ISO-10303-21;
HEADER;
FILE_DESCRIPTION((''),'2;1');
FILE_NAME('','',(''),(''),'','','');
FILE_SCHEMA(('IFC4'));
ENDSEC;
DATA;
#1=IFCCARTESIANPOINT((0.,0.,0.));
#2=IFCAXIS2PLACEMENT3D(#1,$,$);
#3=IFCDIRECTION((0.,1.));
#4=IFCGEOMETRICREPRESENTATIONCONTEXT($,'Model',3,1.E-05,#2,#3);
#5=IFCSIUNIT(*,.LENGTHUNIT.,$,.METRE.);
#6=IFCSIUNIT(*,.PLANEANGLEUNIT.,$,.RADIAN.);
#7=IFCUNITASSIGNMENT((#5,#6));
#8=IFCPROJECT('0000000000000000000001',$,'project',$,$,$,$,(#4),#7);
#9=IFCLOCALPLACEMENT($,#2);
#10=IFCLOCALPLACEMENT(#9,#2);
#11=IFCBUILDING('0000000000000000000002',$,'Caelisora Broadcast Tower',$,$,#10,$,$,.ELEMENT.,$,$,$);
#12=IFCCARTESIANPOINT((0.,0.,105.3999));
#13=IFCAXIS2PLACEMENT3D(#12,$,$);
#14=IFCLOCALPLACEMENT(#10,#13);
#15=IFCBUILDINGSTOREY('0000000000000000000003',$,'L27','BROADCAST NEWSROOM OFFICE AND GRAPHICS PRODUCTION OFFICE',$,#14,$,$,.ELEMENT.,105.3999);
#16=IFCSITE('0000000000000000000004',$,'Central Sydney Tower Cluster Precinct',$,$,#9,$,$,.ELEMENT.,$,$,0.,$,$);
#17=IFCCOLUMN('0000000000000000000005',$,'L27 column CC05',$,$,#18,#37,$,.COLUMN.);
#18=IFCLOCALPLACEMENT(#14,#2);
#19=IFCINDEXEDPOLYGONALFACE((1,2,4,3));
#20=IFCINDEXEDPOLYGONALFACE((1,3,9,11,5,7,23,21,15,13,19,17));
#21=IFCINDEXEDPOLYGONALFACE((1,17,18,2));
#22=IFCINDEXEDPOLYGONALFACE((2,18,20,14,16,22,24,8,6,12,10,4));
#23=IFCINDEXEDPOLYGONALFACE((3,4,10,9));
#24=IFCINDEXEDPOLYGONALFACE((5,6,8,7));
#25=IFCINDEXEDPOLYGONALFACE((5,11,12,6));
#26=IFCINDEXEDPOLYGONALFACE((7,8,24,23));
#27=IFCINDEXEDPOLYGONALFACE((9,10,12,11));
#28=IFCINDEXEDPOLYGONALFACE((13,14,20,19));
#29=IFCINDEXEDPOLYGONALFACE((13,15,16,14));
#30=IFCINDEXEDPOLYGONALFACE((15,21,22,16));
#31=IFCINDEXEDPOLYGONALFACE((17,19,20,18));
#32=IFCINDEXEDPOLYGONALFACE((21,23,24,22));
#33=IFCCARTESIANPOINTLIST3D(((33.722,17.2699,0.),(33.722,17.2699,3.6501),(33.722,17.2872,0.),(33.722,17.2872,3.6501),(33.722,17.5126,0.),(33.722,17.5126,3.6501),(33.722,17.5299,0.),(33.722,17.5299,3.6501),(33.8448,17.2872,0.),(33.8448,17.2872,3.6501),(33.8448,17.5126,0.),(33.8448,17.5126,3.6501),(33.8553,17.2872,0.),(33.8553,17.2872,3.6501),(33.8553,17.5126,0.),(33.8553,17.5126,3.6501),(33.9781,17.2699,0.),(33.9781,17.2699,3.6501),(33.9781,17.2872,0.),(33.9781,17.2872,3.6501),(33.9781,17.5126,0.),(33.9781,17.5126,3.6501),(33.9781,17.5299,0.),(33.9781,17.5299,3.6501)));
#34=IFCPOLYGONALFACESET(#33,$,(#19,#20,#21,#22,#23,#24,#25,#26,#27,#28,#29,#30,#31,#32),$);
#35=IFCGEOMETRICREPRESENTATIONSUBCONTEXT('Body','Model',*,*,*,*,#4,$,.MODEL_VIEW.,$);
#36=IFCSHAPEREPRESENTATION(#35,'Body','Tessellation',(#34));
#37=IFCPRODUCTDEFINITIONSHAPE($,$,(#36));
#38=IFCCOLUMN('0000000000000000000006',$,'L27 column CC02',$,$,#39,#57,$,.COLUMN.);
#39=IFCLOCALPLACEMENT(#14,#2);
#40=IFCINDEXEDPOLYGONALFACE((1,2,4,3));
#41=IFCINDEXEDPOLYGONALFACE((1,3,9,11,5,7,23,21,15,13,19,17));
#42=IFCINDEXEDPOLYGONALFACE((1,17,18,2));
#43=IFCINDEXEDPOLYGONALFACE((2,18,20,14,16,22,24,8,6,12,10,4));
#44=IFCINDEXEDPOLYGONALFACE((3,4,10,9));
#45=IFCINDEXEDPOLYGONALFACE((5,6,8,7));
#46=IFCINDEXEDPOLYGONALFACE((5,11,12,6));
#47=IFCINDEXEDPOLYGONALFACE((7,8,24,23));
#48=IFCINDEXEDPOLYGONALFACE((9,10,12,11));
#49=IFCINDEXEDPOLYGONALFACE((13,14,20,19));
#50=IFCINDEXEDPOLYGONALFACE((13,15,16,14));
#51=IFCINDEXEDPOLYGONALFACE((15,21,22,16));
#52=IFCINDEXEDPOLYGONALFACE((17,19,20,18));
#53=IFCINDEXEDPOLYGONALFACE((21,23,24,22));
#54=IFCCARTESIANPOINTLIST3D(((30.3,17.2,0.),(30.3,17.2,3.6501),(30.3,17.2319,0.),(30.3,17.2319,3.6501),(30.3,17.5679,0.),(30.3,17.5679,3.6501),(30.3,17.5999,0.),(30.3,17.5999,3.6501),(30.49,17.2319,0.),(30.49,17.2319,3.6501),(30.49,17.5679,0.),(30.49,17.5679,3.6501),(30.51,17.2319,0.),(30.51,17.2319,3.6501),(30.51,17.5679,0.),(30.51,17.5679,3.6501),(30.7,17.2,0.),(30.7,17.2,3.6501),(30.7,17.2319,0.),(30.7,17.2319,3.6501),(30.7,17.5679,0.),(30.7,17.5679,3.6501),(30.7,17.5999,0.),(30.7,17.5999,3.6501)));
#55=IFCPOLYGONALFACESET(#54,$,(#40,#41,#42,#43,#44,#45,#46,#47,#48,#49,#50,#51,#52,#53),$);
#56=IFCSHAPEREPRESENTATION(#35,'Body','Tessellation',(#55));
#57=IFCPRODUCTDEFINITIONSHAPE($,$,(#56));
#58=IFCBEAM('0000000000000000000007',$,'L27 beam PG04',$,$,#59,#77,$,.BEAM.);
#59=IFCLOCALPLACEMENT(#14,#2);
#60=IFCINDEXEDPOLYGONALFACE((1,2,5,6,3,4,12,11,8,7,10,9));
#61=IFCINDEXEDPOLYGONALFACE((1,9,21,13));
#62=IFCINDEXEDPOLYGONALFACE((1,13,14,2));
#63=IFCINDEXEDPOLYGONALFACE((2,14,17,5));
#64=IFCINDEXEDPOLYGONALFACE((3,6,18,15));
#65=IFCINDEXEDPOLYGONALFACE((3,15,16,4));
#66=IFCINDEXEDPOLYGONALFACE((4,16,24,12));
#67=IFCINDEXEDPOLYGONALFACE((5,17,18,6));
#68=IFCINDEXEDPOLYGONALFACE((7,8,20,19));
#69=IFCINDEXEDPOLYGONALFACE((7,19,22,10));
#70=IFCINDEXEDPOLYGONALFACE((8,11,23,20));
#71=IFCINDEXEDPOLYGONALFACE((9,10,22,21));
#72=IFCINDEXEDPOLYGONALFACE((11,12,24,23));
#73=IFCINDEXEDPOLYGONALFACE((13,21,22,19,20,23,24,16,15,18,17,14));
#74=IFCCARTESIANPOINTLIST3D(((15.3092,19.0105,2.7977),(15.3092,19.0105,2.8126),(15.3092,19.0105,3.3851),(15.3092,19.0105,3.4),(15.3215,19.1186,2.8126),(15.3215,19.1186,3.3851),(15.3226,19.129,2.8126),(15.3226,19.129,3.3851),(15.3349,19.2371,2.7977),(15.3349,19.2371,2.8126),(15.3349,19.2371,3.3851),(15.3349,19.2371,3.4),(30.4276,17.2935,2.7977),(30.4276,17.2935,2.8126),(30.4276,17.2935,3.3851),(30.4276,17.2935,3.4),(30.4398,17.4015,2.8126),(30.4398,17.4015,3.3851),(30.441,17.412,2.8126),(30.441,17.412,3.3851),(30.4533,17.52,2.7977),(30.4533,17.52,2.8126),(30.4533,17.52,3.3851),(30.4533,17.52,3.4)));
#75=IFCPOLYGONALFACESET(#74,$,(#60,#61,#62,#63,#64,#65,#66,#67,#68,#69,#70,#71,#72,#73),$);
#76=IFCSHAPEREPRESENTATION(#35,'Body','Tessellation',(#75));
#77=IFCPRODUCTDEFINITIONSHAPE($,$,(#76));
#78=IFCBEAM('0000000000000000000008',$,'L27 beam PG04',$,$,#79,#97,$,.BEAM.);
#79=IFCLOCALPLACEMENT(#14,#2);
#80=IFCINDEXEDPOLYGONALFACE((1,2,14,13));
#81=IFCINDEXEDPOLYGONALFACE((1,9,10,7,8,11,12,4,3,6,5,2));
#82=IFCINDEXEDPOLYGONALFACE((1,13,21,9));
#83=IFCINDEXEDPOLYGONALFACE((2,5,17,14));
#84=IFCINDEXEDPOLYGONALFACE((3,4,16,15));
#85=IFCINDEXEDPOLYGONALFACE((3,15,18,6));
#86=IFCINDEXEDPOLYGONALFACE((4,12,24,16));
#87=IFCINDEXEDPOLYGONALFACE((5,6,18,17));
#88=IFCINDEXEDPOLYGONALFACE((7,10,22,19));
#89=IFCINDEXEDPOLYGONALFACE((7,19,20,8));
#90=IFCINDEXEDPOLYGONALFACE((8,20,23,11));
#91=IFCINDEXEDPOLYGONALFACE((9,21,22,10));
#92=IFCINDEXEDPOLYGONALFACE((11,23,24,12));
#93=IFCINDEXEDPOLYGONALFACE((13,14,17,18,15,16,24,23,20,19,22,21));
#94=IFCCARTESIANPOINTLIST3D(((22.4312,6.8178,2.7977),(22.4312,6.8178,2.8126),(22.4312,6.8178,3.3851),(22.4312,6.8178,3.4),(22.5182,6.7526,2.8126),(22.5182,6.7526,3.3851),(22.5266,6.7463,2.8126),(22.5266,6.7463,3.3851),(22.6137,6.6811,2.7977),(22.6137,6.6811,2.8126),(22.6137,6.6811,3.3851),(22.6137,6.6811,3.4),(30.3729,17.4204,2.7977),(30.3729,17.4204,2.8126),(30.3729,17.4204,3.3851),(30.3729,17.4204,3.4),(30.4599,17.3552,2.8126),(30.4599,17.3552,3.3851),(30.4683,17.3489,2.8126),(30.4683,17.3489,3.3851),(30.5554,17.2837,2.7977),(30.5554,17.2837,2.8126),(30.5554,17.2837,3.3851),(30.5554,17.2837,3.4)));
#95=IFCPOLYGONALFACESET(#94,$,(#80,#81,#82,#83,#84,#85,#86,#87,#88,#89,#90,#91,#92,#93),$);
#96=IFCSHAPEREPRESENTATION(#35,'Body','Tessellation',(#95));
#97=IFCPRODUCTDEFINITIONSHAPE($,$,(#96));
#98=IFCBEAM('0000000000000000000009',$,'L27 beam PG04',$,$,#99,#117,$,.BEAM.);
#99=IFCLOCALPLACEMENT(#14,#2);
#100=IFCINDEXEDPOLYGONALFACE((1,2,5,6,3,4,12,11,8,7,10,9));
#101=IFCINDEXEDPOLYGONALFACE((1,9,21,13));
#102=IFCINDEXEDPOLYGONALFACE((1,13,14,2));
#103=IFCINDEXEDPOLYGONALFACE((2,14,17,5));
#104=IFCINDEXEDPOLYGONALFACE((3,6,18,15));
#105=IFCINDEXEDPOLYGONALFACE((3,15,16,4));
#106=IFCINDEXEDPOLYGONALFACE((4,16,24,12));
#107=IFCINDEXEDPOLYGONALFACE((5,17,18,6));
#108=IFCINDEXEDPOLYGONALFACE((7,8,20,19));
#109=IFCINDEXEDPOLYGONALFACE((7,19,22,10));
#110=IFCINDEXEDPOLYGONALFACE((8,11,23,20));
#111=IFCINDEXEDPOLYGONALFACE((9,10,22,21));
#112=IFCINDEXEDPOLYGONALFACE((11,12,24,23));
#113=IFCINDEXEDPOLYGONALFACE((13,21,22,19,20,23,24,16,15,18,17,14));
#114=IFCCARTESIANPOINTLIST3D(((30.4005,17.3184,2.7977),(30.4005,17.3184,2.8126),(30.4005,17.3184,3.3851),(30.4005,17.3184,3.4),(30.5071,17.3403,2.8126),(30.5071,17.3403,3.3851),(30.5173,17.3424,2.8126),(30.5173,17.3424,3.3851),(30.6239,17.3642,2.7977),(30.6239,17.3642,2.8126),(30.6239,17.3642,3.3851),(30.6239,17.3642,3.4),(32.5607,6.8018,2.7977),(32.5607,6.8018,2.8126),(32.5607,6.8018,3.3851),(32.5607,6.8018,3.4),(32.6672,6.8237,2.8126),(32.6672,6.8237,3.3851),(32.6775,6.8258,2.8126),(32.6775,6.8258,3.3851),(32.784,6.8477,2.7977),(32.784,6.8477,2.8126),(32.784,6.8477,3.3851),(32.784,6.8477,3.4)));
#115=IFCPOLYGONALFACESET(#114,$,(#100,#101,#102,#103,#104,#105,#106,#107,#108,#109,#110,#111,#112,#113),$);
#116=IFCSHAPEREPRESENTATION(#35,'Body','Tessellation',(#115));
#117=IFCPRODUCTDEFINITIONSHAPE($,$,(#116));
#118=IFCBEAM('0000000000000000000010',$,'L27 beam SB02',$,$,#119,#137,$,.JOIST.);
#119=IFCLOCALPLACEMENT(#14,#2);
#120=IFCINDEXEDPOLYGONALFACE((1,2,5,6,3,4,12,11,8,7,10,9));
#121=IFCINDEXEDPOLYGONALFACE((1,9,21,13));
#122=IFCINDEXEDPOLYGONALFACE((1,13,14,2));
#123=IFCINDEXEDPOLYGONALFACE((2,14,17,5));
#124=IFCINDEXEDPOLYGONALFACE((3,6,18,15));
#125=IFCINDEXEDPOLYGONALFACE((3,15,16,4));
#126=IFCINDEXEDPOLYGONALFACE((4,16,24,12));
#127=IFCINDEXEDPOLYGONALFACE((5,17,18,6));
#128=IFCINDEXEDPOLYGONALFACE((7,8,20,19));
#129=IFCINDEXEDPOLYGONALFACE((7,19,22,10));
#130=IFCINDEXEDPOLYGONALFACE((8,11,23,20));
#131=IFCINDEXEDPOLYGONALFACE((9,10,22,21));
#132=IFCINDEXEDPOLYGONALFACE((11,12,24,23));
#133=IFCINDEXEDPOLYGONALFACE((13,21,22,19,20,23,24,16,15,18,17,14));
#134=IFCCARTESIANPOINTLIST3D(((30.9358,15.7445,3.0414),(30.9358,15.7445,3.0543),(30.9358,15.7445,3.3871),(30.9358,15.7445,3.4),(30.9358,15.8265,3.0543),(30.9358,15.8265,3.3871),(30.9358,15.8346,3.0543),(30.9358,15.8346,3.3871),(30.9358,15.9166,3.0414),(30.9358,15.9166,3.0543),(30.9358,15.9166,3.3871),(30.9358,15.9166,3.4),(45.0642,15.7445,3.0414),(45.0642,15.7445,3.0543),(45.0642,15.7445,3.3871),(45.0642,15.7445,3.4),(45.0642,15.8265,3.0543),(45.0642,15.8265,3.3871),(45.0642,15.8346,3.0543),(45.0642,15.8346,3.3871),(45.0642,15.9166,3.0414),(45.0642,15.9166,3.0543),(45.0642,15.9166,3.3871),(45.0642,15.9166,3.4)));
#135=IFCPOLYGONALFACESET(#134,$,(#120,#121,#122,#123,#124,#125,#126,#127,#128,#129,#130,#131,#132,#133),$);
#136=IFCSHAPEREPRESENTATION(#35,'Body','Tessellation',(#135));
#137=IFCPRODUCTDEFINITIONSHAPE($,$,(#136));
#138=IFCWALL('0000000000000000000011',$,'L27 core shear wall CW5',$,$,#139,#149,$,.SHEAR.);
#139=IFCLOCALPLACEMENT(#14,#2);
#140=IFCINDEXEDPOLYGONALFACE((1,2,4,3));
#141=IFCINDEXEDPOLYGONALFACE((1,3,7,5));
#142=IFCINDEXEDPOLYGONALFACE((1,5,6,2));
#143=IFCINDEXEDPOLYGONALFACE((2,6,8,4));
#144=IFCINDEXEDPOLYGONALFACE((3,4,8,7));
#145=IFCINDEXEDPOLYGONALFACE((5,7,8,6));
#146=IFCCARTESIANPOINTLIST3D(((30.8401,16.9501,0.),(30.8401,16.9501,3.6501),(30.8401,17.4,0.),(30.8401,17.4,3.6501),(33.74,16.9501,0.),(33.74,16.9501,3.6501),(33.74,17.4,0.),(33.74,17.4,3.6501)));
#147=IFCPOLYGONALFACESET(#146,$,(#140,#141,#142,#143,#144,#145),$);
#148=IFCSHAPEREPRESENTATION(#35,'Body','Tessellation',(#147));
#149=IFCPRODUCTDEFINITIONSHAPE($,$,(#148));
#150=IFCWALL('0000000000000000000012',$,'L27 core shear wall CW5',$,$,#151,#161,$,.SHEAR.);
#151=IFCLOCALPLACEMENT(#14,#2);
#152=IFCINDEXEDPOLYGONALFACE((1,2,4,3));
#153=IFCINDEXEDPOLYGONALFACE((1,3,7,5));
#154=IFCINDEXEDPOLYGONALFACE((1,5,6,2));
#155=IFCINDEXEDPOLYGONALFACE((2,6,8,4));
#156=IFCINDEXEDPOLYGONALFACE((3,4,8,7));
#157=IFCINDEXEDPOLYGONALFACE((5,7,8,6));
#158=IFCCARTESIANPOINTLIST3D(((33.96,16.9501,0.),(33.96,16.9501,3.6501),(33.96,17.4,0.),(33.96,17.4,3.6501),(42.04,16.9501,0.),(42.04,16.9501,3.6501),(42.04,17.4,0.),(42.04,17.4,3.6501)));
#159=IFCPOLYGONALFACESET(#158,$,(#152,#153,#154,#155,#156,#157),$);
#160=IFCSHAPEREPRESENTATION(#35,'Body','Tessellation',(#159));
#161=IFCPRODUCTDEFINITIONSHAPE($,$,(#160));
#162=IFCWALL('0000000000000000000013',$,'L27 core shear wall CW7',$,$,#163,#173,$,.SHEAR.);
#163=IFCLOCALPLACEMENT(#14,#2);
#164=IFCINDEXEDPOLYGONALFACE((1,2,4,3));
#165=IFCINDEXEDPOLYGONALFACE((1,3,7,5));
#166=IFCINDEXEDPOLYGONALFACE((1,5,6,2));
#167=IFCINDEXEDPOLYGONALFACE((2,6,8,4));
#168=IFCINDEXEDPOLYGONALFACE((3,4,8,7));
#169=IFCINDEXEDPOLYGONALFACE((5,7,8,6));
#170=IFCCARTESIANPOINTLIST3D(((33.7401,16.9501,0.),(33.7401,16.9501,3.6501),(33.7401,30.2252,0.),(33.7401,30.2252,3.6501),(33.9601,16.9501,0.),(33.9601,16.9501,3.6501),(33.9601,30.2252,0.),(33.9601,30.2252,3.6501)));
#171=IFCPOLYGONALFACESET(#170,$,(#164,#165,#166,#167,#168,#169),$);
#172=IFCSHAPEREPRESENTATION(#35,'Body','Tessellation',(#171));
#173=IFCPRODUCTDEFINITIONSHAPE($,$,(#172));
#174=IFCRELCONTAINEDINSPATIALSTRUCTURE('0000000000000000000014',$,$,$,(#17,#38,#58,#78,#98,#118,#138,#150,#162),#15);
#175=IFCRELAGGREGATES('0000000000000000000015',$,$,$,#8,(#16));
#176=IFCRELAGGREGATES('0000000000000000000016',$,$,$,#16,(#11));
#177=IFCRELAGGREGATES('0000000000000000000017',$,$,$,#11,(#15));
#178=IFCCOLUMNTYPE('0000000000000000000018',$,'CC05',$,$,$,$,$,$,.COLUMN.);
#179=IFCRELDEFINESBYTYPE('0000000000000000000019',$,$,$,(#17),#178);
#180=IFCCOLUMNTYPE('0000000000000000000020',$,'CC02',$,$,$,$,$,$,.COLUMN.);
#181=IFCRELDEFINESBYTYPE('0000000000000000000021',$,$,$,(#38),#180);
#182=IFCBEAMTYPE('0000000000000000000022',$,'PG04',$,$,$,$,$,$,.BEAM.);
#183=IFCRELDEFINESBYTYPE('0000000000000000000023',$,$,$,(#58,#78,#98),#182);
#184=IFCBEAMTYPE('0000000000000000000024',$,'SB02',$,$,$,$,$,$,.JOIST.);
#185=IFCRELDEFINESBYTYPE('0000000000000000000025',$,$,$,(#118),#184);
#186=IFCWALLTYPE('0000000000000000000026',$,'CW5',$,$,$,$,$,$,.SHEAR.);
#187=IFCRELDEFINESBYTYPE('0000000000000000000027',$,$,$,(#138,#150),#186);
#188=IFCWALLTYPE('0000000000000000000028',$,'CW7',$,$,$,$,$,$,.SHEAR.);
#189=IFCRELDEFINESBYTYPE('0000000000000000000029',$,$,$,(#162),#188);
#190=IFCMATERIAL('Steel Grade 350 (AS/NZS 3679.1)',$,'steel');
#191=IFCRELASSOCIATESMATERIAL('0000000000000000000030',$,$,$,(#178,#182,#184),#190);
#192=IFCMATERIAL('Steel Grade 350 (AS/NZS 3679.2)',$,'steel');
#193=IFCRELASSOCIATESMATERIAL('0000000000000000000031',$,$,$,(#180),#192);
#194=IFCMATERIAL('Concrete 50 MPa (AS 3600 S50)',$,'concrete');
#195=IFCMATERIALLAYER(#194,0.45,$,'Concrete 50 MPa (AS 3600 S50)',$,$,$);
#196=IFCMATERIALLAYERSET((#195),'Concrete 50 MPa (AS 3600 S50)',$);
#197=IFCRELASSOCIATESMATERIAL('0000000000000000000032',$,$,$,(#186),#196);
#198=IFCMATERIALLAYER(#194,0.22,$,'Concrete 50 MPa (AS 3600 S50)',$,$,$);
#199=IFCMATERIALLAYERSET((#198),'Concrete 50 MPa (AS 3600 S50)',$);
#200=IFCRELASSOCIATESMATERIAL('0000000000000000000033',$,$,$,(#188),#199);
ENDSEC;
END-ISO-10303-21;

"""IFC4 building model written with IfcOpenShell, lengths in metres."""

from ifc_helpers import new_model, si_unit, direction, frame, frame_2d, origin, origin_2d, place, context, subcontext, project, spatial, rectangle, i_section, extrude, source, transform, mapped, material, layer, layer_set, material_profile, profile_set, type_object, type_shapes, element, save


model = new_model("IFC4")

# Units and contexts
model_context = context("Model", 3, precision=1e-05, world=origin(), true_north=direction((0.0, 1.0)))
body_context = subcontext(model_context, "Body", "Model", "MODEL_VIEW")
ifc_project = project(units=[si_unit("LENGTHUNIT", "METRE"), si_unit("PLANEANGLEUNIT", "RADIAN")], contexts=[model_context])

# Site, building, storey
site_placement = place(None, origin())
site = spatial("IfcSite", under=ifc_project, at=site_placement, Name="Central Sydney Tower Cluster Precinct", CompositionType="ELEMENT", RefElevation=0.0)
building_placement = place(site_placement, origin())
building = spatial("IfcBuilding", under=site, at=building_placement, Name="Caelisora Broadcast Tower", CompositionType="ELEMENT")
storey_placement = place(building_placement, frame((0.0, 0.0, 105.3999)))
storey = spatial("IfcBuildingStorey", under=building, at=storey_placement, Name="L27", Description="BROADCAST NEWSROOM OFFICE AND GRAPHICS PRODUCTION OFFICE", CompositionType="ELEMENT", Elevation=105.3999)

# Columns
ifc_material_1 = material(Name="Steel Grade 350 (AS/NZS 3679.1)", Category="steel")
ifc_material_profile_1 = material_profile(ifc_material_1, i_section(OverallWidth=0.2561, OverallDepth=0.26, WebThickness=0.0105, FlangeThickness=0.0173, at=origin_2d()), Name="Steel Grade 350 (AS/NZS 3679.1)")
ifc_profile_set_1 = profile_set([ifc_material_profile_1], Name="Steel Grade 350 (AS/NZS 3679.1)")
column_type_1 = type_object("IfcColumnType", Name="CC05", PredefinedType="COLUMN", material=ifc_profile_set_1)
shared_shape_1 = source(origin(), body_context, "Body", "SweptSolid", [
    extrude(i_section(OverallWidth=0.2561, OverallDepth=0.26, WebThickness=0.0105, FlangeThickness=0.0173, at=origin_2d()), origin(), (0.0, 0.0, 1.0), 3.6501),
])
type_shapes(column_type_1, [shared_shape_1])
column_1_placement = place(storey_placement, frame((33.8501, 17.3999, 0.0), z_axis=(0.0, 0.0, 1.0), x_axis=(1.0, 0.0, 0.0)))
element("IfcColumn", 1, at=column_1_placement, inside=storey, type_object=column_type_1, Name="L27 column CC05", PredefinedType="COLUMN", context=body_context, shape_type="MappedRepresentation", body=[
    mapped(shared_shape_1, transform((0.0, 0.0, 0.0), scale=1.0)),
])
ifc_material_2 = material(Name="Steel Grade 350 (AS/NZS 3679.2)", Category="steel")
ifc_material_profile_2 = material_profile(ifc_material_2, i_section(OverallWidth=0.3999, OverallDepth=0.3999, WebThickness=0.02, FlangeThickness=0.032, at=origin_2d()), Name="Steel Grade 350 (AS/NZS 3679.2)")
ifc_profile_set_2 = profile_set([ifc_material_profile_2], Name="Steel Grade 350 (AS/NZS 3679.2)")
column_type_2 = type_object("IfcColumnType", Name="CC02", PredefinedType="COLUMN", material=ifc_profile_set_2)
shared_shape_2 = source(origin(), body_context, "Body", "SweptSolid", [
    extrude(i_section(OverallWidth=0.3999, OverallDepth=0.3999, WebThickness=0.02, FlangeThickness=0.032, at=origin_2d()), origin(), (0.0, 0.0, 1.0), 3.6501),
])
type_shapes(column_type_2, [shared_shape_2])
column_2_placement = place(storey_placement, frame((30.5, 17.3999, 0.0), z_axis=(0.0, 0.0, 1.0), x_axis=(1.0, 0.0, 0.0)))
element("IfcColumn", 2, at=column_2_placement, inside=storey, type_object=column_type_2, Name="L27 column CC02", PredefinedType="COLUMN", context=body_context, shape_type="MappedRepresentation", body=[
    mapped(shared_shape_2, transform((0.0, 0.0, 0.0), scale=1.0)),
])

# Beams
ifc_material_profile_3 = material_profile(ifc_material_1, i_section(OverallWidth=0.228, OverallDepth=0.6023, WebThickness=0.0105, FlangeThickness=0.0149, at=origin_2d()), Name="Steel Grade 350 (AS/NZS 3679.1)")
ifc_profile_set_3 = profile_set([ifc_material_profile_3], Name="Steel Grade 350 (AS/NZS 3679.1)")
beam_type_1 = type_object("IfcBeamType", Name="PG04", PredefinedType="BEAM", material=ifc_profile_set_3)
shared_shape_3 = source(origin(), body_context, "Body", "SweptSolid", [
    extrude(i_section(OverallWidth=0.228, OverallDepth=0.6023, WebThickness=0.0105, FlangeThickness=0.0149, at=origin_2d()), origin(), (0.0, 0.0, 1.0), 15.2156),
])
beam_1_placement = place(storey_placement, frame((30.4404, 17.4067, 3.0989), z_axis=(-0.993612, 0.112847, 0.0), x_axis=(-0.112847, -0.993612, 0.0)))
element("IfcBeam", 3, at=beam_1_placement, inside=storey, type_object=beam_type_1, Name="L27 beam PG04", PredefinedType="BEAM", context=body_context, shape_type="MappedRepresentation", body=[
    mapped(shared_shape_3, transform((0.0, 0.0, 0.0), scale=1.0)),
])
shared_shape_4 = source(origin(), body_context, "Body", "SweptSolid", [
    extrude(i_section(OverallWidth=0.228, OverallDepth=0.6023, WebThickness=0.0105, FlangeThickness=0.0149, at=origin_2d()), origin(), (0.0, 0.0, 1.0), 13.2471),
])
beam_2_placement = place(storey_placement, frame((30.4641, 17.3521, 3.0989), z_axis=(-0.599504, -0.800371, 0.0), x_axis=(0.800371, -0.599504, 0.0)))
element("IfcBeam", 4, at=beam_2_placement, inside=storey, type_object=beam_type_1, Name="L27 beam PG04", PredefinedType="BEAM", context=body_context, shape_type="MappedRepresentation", body=[
    mapped(shared_shape_4, transform((0.0, 0.0, 0.0), scale=1.0)),
])
shared_shape_5 = source(origin(), body_context, "Body", "SweptSolid", [
    extrude(i_section(OverallWidth=0.228, OverallDepth=0.6023, WebThickness=0.0105, FlangeThickness=0.0149, at=origin_2d()), origin(), (0.0, 0.0, 1.0), 10.7361),
])
type_shapes(beam_type_1, [shared_shape_3, shared_shape_4, shared_shape_5])
beam_3_placement = place(storey_placement, frame((30.5122, 17.3413, 3.0989), z_axis=(0.201204, -0.979549, 0.0), x_axis=(0.979549, 0.201204, 0.0)))
element("IfcBeam", 5, at=beam_3_placement, inside=storey, type_object=beam_type_1, Name="L27 beam PG04", PredefinedType="BEAM", context=body_context, shape_type="MappedRepresentation", body=[
    mapped(shared_shape_5, transform((0.0, 0.0, 0.0), scale=1.0)),
])
ifc_material_profile_4 = material_profile(ifc_material_1, i_section(OverallWidth=0.1721, OverallDepth=0.3586, WebThickness=0.0081, FlangeThickness=0.0129, at=origin_2d()), Name="Steel Grade 350 (AS/NZS 3679.1)")
ifc_profile_set_4 = profile_set([ifc_material_profile_4], Name="Steel Grade 350 (AS/NZS 3679.1)")
beam_type_2 = type_object("IfcBeamType", Name="SB02", PredefinedType="JOIST", material=ifc_profile_set_4)
shared_shape_6 = source(origin(), body_context, "Body", "SweptSolid", [
    extrude(i_section(OverallWidth=0.1721, OverallDepth=0.3586, WebThickness=0.0081, FlangeThickness=0.0129, at=origin_2d()), origin(), (0.0, 0.0, 1.0), 14.1284),
])
type_shapes(beam_type_2, [shared_shape_6])
beam_4_placement = place(storey_placement, frame((30.9358, 15.8306, 3.2207), z_axis=(1.0, 0.0, 0.0), x_axis=(0.0, 1.0, 0.0)))
element("IfcBeam", 6, at=beam_4_placement, inside=storey, type_object=beam_type_2, Name="L27 beam SB02", PredefinedType="JOIST", context=body_context, shape_type="MappedRepresentation", body=[
    mapped(shared_shape_6, transform((0.0, 0.0, 0.0), scale=1.0)),
])

# Shared definitions
ifc_material_3 = material(Name="Concrete 50 MPa (AS 3600 S50)", Category="concrete")

# Walls
ifc_layer_1 = layer(ifc_material_3, 0.45, Name="Concrete 50 MPa (AS 3600 S50)")
ifc_layer_set_1 = layer_set([ifc_layer_1], Name="Concrete 50 MPa (AS 3600 S50)")
wall_type_1 = type_object("IfcWallType", Name="CW5", PredefinedType="SHEAR", material=ifc_layer_set_1)
wall_1_placement = place(storey_placement, frame((30.8401, 17.175, 0.0), z_axis=(0.0, 0.0, 1.0), x_axis=(1.0, 0.0, 0.0)))
element("IfcWall", 7, at=wall_1_placement, inside=storey, type_object=wall_type_1, Name="L27 core shear wall CW5", PredefinedType="SHEAR", context=body_context, shape_type="SweptSolid", body=[
    extrude(rectangle(XDim=2.8999, YDim=0.45, at=frame_2d((1.45, 0.0))), origin(), (0.0, 0.0, 1.0), 3.6501),
])
wall_2_placement = place(storey_placement, frame((33.96, 17.175, 0.0), z_axis=(0.0, 0.0, 1.0), x_axis=(1.0, 0.0, 0.0)))
element("IfcWall", 8, at=wall_2_placement, inside=storey, type_object=wall_type_1, Name="L27 core shear wall CW5", PredefinedType="SHEAR", context=body_context, shape_type="SweptSolid", body=[
    extrude(rectangle(XDim=8.0801, YDim=0.45, at=frame_2d((4.04, 0.0))), origin(), (0.0, 0.0, 1.0), 3.6501),
])
ifc_layer_2 = layer(ifc_material_3, 0.22, Name="Concrete 50 MPa (AS 3600 S50)")
ifc_layer_set_2 = layer_set([ifc_layer_2], Name="Concrete 50 MPa (AS 3600 S50)")
wall_type_2 = type_object("IfcWallType", Name="CW7", PredefinedType="SHEAR", material=ifc_layer_set_2)
wall_3_placement = place(storey_placement, frame((33.8501, 16.95, 0.0), z_axis=(0.0, 0.0, 1.0), x_axis=(0.0, 1.0, 0.0)))
element("IfcWall", 9, at=wall_3_placement, inside=storey, type_object=wall_type_2, Name="L27 core shear wall CW7", PredefinedType="SHEAR", context=body_context, shape_type="SweptSolid", body=[
    extrude(rectangle(XDim=13.2751, YDim=0.22, at=frame_2d((6.6377, 0.0))), origin(), (0.0, 0.0, 1.0), 3.6501),
])

save(model, "model.ifc")
